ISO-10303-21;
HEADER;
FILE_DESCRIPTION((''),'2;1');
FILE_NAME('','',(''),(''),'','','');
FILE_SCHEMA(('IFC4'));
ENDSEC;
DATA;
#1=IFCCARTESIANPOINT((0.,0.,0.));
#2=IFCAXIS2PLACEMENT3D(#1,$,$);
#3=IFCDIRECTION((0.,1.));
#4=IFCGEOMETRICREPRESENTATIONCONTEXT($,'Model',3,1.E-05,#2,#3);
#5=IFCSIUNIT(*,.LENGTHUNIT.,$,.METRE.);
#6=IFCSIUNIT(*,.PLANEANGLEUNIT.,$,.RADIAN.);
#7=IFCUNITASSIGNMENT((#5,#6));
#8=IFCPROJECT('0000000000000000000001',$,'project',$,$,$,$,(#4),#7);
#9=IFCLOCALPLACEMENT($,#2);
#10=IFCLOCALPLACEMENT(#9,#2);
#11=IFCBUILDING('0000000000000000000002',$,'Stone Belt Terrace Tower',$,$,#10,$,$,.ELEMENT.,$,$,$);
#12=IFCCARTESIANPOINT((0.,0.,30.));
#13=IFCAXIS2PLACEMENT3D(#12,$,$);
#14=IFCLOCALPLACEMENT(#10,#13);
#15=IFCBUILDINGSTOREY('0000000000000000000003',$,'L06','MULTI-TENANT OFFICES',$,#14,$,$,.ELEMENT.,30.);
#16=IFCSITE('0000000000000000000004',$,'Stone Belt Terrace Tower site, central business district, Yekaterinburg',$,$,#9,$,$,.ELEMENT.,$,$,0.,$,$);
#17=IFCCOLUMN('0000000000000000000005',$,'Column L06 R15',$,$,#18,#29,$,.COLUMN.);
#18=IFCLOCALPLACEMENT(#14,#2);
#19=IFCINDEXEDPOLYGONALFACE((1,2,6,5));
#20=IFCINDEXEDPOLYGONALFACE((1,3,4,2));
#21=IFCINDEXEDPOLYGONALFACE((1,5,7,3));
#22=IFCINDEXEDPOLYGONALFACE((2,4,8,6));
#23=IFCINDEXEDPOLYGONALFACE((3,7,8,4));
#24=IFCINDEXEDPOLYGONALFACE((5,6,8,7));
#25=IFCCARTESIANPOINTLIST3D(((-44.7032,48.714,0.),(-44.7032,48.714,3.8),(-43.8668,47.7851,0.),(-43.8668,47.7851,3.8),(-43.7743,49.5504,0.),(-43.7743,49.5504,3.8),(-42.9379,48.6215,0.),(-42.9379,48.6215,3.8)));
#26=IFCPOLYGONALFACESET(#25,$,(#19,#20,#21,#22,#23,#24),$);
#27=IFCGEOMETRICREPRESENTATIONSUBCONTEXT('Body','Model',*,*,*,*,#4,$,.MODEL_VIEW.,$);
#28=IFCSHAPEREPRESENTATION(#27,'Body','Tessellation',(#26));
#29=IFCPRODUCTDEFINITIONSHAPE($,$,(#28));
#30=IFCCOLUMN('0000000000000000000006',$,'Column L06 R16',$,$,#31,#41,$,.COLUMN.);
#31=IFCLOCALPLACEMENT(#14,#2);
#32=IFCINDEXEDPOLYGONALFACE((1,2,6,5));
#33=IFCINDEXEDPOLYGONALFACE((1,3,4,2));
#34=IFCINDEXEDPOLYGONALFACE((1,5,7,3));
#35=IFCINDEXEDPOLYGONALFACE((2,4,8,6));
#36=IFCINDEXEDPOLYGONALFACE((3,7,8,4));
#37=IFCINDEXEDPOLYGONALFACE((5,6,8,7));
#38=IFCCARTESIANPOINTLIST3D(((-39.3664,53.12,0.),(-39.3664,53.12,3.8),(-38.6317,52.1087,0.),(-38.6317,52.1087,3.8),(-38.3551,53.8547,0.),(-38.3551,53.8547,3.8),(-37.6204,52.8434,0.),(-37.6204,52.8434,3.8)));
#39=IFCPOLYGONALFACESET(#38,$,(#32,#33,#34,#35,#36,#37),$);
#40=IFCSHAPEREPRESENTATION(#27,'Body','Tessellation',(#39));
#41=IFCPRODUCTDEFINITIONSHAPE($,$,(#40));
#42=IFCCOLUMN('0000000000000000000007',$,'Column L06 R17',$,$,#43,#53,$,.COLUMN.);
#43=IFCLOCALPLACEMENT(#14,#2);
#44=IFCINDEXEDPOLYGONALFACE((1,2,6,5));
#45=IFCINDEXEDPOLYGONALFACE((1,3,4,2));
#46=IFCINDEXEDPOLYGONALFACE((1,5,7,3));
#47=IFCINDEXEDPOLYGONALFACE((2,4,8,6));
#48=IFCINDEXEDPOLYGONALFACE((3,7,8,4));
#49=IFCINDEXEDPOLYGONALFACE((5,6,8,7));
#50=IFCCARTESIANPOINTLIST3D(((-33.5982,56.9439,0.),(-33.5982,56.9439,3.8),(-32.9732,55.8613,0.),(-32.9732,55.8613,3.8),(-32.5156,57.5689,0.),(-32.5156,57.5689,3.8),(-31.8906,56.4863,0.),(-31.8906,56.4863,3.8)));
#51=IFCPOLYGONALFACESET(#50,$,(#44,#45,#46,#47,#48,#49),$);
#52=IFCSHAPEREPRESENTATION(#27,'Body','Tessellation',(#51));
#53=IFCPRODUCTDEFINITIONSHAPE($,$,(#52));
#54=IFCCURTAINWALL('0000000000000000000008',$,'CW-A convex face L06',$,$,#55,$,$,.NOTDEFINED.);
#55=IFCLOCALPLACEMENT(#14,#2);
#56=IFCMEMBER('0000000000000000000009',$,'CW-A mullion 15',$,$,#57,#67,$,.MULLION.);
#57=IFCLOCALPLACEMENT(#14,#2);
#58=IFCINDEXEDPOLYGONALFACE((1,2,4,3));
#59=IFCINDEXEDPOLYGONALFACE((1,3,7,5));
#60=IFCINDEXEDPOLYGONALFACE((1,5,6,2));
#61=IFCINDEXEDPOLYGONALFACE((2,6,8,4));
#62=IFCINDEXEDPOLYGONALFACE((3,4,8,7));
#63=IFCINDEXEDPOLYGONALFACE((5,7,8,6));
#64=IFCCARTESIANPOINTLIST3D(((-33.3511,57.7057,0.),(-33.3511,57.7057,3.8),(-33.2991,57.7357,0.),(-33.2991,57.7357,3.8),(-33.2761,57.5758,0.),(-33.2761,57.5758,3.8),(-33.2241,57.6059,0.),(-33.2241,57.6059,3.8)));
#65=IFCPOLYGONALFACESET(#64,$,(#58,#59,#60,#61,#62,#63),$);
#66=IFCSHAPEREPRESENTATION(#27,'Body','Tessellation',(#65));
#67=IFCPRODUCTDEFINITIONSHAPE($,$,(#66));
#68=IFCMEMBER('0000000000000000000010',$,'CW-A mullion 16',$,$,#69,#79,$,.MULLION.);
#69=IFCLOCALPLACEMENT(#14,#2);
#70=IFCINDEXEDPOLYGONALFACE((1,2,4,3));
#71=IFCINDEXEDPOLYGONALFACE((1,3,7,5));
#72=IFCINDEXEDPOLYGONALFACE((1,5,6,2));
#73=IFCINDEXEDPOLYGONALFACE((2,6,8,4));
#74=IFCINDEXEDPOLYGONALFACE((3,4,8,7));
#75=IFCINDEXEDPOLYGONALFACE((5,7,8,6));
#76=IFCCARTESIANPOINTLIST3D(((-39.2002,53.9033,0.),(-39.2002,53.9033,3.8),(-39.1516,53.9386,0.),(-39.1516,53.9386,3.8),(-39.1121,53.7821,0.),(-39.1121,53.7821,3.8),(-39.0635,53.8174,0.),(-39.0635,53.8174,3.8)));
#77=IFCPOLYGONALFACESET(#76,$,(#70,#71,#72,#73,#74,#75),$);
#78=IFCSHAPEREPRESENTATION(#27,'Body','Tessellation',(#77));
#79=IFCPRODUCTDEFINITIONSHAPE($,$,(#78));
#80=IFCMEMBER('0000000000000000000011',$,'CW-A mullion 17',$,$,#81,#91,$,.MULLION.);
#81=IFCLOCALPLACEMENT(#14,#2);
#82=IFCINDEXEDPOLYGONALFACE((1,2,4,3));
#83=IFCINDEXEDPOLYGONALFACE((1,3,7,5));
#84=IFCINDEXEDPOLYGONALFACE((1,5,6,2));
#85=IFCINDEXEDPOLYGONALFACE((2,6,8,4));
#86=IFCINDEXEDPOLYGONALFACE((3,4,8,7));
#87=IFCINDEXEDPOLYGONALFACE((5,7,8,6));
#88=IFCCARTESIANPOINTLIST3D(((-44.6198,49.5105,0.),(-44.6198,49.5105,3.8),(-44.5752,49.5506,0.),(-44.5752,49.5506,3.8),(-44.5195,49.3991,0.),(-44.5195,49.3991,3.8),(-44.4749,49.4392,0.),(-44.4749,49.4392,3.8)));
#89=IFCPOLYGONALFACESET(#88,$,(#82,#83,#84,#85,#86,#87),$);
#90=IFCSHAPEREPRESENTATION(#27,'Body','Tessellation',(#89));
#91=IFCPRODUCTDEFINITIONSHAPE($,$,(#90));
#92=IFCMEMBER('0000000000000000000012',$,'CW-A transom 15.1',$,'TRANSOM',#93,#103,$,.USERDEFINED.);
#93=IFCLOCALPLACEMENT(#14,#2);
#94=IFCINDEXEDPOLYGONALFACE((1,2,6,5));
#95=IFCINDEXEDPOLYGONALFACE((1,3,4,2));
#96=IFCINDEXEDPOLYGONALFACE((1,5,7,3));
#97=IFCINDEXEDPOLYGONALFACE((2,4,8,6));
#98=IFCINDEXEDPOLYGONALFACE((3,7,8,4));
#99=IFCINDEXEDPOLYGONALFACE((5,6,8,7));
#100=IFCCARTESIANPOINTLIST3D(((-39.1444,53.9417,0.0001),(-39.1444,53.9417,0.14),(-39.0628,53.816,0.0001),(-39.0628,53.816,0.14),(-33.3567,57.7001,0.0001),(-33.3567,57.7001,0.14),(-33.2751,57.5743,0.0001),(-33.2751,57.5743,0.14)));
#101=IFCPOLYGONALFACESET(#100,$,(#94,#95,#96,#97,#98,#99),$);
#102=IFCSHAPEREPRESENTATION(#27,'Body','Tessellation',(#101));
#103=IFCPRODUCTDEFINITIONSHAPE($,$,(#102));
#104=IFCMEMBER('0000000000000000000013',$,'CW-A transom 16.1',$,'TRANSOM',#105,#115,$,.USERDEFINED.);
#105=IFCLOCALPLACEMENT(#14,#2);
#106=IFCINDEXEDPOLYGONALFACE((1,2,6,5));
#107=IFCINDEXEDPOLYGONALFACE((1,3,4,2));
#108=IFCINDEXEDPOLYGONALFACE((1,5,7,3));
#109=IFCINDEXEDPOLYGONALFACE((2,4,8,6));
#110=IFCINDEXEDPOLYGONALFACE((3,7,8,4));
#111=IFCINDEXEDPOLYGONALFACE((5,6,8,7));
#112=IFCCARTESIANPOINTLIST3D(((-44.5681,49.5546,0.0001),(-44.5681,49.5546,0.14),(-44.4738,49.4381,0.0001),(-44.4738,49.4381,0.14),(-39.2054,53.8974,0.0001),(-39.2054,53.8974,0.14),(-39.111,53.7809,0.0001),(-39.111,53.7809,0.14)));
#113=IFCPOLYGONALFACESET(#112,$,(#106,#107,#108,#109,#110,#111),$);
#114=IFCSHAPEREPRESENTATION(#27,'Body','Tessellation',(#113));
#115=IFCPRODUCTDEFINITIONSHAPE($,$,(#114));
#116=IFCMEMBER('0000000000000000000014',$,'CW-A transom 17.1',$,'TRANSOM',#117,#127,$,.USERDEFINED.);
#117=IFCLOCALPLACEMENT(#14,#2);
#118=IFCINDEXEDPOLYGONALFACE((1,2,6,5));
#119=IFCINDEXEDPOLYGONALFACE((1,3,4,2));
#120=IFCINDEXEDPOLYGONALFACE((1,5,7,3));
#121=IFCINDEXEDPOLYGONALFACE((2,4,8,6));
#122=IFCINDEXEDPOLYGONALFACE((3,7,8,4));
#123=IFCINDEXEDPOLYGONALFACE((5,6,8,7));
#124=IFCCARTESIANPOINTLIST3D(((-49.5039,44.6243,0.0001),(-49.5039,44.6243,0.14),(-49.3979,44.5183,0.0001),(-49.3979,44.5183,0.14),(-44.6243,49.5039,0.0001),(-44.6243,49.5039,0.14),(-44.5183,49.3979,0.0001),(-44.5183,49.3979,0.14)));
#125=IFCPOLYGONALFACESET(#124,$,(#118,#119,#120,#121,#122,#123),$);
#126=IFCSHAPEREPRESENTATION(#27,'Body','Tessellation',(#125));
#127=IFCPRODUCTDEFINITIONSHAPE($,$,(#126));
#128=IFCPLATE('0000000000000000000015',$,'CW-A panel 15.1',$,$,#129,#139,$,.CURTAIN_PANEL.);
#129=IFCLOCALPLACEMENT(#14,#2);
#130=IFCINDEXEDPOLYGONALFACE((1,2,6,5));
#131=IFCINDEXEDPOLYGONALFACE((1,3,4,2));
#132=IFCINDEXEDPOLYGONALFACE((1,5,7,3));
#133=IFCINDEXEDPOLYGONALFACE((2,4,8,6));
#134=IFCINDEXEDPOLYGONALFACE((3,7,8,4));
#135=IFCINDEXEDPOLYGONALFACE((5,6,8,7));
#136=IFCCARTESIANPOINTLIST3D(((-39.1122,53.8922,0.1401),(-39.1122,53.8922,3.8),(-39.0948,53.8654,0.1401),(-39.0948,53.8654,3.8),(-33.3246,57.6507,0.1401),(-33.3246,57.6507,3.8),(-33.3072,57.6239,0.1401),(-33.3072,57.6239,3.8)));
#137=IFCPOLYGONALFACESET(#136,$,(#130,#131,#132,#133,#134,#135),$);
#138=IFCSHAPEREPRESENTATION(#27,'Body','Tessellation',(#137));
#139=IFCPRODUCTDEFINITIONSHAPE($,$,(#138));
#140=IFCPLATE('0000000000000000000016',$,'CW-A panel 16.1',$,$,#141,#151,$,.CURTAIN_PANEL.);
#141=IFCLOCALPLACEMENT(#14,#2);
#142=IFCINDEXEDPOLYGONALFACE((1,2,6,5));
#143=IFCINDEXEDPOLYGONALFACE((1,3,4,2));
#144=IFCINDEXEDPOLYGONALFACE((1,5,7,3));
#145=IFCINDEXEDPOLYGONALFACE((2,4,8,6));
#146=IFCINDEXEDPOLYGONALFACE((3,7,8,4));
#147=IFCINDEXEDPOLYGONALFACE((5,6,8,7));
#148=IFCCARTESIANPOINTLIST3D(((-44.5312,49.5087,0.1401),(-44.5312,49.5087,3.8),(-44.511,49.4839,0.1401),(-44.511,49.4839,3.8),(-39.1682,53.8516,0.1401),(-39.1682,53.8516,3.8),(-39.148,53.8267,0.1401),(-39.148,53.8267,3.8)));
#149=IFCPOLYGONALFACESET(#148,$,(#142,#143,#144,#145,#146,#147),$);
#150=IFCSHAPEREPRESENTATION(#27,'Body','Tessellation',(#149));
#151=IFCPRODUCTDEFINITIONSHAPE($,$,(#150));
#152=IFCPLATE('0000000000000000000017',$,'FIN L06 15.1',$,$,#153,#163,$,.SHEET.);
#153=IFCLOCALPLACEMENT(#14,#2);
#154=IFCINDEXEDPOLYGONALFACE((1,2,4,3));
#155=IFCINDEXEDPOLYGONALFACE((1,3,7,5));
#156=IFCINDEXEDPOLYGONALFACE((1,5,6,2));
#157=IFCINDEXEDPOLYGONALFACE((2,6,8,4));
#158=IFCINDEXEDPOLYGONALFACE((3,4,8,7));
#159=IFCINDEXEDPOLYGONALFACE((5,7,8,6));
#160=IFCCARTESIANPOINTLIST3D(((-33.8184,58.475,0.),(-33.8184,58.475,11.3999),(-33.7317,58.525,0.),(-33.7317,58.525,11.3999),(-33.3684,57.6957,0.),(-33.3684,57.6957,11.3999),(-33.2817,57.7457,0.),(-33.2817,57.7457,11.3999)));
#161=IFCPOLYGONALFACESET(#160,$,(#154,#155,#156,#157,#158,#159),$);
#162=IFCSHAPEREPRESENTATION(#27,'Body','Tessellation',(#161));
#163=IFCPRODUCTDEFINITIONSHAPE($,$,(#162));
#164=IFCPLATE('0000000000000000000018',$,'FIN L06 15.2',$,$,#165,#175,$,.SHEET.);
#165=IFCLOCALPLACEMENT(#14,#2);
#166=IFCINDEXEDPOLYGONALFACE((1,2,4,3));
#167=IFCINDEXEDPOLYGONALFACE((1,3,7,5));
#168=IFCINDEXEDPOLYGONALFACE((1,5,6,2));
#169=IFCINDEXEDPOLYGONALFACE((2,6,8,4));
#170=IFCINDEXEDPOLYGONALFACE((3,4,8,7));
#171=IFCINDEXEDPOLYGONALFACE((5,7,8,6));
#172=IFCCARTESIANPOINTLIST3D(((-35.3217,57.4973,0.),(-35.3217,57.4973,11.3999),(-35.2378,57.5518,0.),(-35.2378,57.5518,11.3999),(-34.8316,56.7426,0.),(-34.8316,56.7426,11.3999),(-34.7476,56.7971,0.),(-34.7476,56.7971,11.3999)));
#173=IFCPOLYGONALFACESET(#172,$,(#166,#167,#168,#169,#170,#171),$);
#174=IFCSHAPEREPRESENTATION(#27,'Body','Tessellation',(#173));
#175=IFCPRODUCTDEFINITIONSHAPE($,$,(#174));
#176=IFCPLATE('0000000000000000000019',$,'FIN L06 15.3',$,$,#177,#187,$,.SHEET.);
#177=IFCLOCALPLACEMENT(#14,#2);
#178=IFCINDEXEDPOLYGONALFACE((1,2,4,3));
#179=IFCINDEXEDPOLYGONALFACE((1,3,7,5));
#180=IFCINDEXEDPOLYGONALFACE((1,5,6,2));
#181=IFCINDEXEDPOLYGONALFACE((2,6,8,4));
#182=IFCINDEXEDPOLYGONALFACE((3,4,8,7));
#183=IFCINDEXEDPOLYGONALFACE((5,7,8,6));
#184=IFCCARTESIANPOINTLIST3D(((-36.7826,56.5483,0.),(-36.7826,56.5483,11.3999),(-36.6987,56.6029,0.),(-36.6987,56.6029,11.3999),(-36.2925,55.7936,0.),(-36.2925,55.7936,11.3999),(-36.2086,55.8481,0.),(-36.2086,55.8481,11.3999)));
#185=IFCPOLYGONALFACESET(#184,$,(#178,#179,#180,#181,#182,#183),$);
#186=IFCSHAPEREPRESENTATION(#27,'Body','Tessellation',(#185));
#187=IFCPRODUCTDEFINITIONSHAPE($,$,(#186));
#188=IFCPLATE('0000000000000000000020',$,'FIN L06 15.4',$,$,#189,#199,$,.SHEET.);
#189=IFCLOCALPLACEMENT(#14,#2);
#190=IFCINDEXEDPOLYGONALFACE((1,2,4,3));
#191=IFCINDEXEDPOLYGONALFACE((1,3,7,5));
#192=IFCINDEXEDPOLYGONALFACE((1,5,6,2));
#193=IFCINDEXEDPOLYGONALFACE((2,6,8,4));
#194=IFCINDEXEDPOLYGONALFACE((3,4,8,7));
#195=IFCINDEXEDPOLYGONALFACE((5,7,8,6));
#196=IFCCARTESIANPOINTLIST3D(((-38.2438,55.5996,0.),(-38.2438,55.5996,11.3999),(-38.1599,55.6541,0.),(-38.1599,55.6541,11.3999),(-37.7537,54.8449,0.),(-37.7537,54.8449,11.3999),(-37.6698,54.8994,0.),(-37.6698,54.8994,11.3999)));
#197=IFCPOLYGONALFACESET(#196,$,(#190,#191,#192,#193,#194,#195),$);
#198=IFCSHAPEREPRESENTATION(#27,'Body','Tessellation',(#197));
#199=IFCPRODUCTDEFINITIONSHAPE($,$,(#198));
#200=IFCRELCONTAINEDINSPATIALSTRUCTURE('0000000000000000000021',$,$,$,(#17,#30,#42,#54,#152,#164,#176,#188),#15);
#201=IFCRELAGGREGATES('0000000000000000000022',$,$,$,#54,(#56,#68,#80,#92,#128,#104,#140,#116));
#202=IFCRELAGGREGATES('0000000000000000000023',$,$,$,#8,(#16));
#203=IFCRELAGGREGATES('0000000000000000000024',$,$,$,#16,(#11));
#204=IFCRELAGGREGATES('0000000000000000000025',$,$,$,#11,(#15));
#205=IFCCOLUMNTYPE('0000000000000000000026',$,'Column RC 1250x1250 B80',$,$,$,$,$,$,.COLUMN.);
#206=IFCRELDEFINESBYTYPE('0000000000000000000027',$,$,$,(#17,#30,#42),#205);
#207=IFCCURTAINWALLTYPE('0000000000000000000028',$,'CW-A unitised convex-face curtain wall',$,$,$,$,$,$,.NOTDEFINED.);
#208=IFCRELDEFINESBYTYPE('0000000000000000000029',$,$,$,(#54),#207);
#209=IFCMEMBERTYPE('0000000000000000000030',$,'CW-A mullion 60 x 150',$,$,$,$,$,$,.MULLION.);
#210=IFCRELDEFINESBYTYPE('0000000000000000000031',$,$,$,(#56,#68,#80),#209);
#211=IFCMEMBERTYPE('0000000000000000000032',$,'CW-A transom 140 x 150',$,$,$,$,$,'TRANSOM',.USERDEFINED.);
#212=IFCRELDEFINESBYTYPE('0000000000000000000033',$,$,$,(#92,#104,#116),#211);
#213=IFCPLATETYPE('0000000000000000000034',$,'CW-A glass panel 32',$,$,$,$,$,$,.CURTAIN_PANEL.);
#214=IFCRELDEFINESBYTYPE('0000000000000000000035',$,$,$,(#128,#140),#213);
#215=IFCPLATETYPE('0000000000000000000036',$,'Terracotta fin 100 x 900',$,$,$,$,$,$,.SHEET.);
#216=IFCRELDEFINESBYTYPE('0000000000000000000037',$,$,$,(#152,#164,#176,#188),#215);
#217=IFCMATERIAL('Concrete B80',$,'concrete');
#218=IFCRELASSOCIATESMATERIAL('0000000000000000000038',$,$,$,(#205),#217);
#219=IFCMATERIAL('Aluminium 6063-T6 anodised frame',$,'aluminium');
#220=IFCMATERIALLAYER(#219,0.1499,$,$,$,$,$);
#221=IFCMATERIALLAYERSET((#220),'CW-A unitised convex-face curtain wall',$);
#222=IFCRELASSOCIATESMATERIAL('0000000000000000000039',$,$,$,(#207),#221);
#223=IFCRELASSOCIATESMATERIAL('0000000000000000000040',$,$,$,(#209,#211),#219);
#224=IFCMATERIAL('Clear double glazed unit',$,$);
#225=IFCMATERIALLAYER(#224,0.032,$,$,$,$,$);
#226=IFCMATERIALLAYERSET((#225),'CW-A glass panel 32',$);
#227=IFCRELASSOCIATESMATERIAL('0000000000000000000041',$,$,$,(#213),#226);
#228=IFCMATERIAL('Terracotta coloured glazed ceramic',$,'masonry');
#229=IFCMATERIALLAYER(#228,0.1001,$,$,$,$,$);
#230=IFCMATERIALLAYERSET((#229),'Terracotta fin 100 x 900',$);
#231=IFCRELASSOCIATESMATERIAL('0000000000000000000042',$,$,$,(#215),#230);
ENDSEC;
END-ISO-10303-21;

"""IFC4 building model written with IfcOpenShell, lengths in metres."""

from ifc_helpers import new_model, si_unit, direction, frame, origin, origin_2d, place, context, subcontext, project, spatial, rectangle, extrude, material, layer, layer_set, material_profile, profile_set, type_object, element, aggregate, save


model = new_model("IFC4")

# Units and contexts
model_context = context("Model", 3, precision=1e-05, world=origin(), true_north=direction((0.0, 1.0)))
body_context = subcontext(model_context, "Body", "Model", "MODEL_VIEW")
ifc_project = project(units=[si_unit("LENGTHUNIT", "METRE"), si_unit("PLANEANGLEUNIT", "RADIAN")], contexts=[model_context])

# Site, building, storey
site_placement = place(None, origin())
site = spatial("IfcSite", under=ifc_project, at=site_placement, Name="Stone Belt Terrace Tower site, central business district, Yekaterinburg", CompositionType="ELEMENT", RefElevation=0.0)
building_placement = place(site_placement, origin())
building = spatial("IfcBuilding", under=site, at=building_placement, Name="Stone Belt Terrace Tower", CompositionType="ELEMENT")
storey_placement = place(building_placement, frame((0.0, 0.0, 30.0)))
storey = spatial("IfcBuildingStorey", under=building, at=storey_placement, Name="L06", Description="MULTI-TENANT OFFICES", CompositionType="ELEMENT", Elevation=30.0)

# Columns
ifc_material_1 = material(Name="Concrete B80", Category="concrete")
ifc_material_profile_1 = material_profile(ifc_material_1, rectangle(XDim=1.25, YDim=1.25, at=origin_2d()), Name="RC 1250x1250")
ifc_profile_set_1 = profile_set([ifc_material_profile_1], Name="Concrete B80")
column_type = type_object("IfcColumnType", Name="Column RC 1250x1250 B80", PredefinedType="COLUMN", material=ifc_profile_set_1)
for number, where, z_axis, x_axis, name in (
    (1, (-43.8206, 48.6677, 0.0), (0.0, 0.0, 1.0), (0.743145, 0.669131, 0.0), "Column L06 R15"),
    (2, (-38.4934, 52.9817, 0.0), (0.0, 0.0, 1.0), (0.809017, 0.587785, 0.0), "Column L06 R16"),
    (3, (-32.7444, 56.7151, 0.0), (0.0, 0.0, 1.0), (0.866025, 0.5, 0.0), "Column L06 R17"),
):
    element("IfcColumn", number, at=place(storey_placement, frame(where, z_axis=z_axis, x_axis=x_axis)), inside=storey, type_object=column_type, Name=name, PredefinedType="COLUMN", context=body_context, shape_type="SweptSolid", body=[
        extrude(rectangle(XDim=1.25, YDim=1.25, at=origin_2d()), origin(), (0.0, 0.0, 1.0), 3.8),
    ])

# Curtain wall, members, plates
ifc_material_2 = material(Name="Aluminium 6063-T6 anodised frame", Category="aluminium")
ifc_layer_1 = layer(ifc_material_2, 0.1499)
ifc_layer_set_1 = layer_set([ifc_layer_1], Name="CW-A unitised convex-face curtain wall")
curtain_wall_type = type_object("IfcCurtainWallType", Name="CW-A unitised convex-face curtain wall", PredefinedType="NOTDEFINED", material=ifc_layer_set_1)
curtain_wall_placement = place(storey_placement, origin())
curtain_wall = element("IfcCurtainWall", 4, at=curtain_wall_placement, inside=storey, type_object=curtain_wall_type, Name="CW-A convex face L06", PredefinedType="NOTDEFINED")
ifc_material_profile_2 = material_profile(ifc_material_2, rectangle(XDim=0.1499, YDim=0.0601, at=origin_2d()), Name="Aluminium 6063-T6 60x150")
ifc_profile_set_2 = profile_set([ifc_material_profile_2], Name="Aluminium 6063-T6 anodised frame")
member_type_1 = type_object("IfcMemberType", Name="CW-A mullion 60 x 150", PredefinedType="MULLION", material=ifc_profile_set_2)
member_1_placement = place(storey_placement, frame((-33.2876, 57.6558, 0.0), z_axis=(0.0, 0.0, 1.0), x_axis=(0.5, -0.866025, 0.0)))
member_1 = element("IfcMember", 5, at=member_1_placement, type_object=member_type_1, Name="CW-A mullion 15", PredefinedType="MULLION", context=body_context, shape_type="SweptSolid", body=[
    extrude(rectangle(XDim=0.1499, YDim=0.0601, at=origin_2d()), origin(), (0.0, 0.0, 1.0), 3.8),
])
member_2_placement = place(storey_placement, frame((-39.1318, 53.8604, 0.0), z_axis=(0.0, 0.0, 1.0), x_axis=(0.587785, -0.809017, 0.0)))
member_2 = element("IfcMember", 6, at=member_2_placement, type_object=member_type_1, Name="CW-A mullion 16", PredefinedType="MULLION", context=body_context, shape_type="SweptSolid", body=[
    extrude(rectangle(XDim=0.1499, YDim=0.0601, at=origin_2d()), origin(), (0.0, 0.0, 1.0), 3.8),
])
member_3_placement = place(storey_placement, frame((-44.5474, 49.4749, 0.0), z_axis=(0.0, 0.0, 1.0), x_axis=(0.669131, -0.743145, 0.0)))
member_3 = element("IfcMember", 7, at=member_3_placement, type_object=member_type_1, Name="CW-A mullion 17", PredefinedType="MULLION", context=body_context, shape_type="SweptSolid", body=[
    extrude(rectangle(XDim=0.1499, YDim=0.0601, at=origin_2d()), origin(), (0.0, 0.0, 1.0), 3.8),
])
ifc_material_profile_3 = material_profile(ifc_material_2, rectangle(XDim=0.1499, YDim=0.1399, at=origin_2d()), Name="Aluminium 6063-T6 150x140")
ifc_profile_set_3 = profile_set([ifc_material_profile_3], Name="Aluminium 6063-T6 anodised frame")
member_type_2 = type_object("IfcMemberType", Name="CW-A transom 140 x 150", ElementType="TRANSOM", PredefinedType="USERDEFINED", material=ifc_profile_set_3)
member_4_placement = place(storey_placement, frame((-33.3159, 57.6372, 0.0701), z_axis=(-0.838684, -0.544618, 0.0), x_axis=(0.544618, -0.838684, 0.0)))
member_4 = element("IfcMember", 8, at=member_4_placement, type_object=member_type_2, Name="CW-A transom 15.1", ObjectType="TRANSOM", PredefinedType="USERDEFINED", context=body_context, shape_type="SweptSolid", body=[
    extrude(rectangle(XDim=0.1499, YDim=0.1399, at=origin_2d()), origin(), (0.0, 0.0, 1.0), 6.9009),
])
member_5_placement = place(storey_placement, frame((-39.1582, 53.8391, 0.0701), z_axis=(-0.777141, -0.629326, 0.0), x_axis=(0.629326, -0.777141, 0.0)))
member_5 = element("IfcMember", 9, at=member_5_placement, type_object=member_type_2, Name="CW-A transom 16.1", ObjectType="TRANSOM", PredefinedType="USERDEFINED", context=body_context, shape_type="SweptSolid", body=[
    extrude(rectangle(XDim=0.1499, YDim=0.1399, at=origin_2d()), origin(), (0.0, 0.0, 1.0), 6.9006),
])
member_6_placement = place(storey_placement, frame((-44.5713, 49.4509, 0.0701), z_axis=(-0.707107, -0.707107, 0.0), x_axis=(0.707107, -0.707107, 0.0)))
member_6 = element("IfcMember", 10, at=member_6_placement, type_object=member_type_2, Name="CW-A transom 17.1", ObjectType="TRANSOM", PredefinedType="USERDEFINED", context=body_context, shape_type="SweptSolid", body=[
    extrude(rectangle(XDim=0.1499, YDim=0.1399, at=origin_2d()), origin(), (0.0, 0.0, 1.0), 6.9009),
])
ifc_material_3 = material(Name="Clear double glazed unit")
ifc_layer_2 = layer(ifc_material_3, 0.032)
ifc_layer_set_2 = layer_set([ifc_layer_2], Name="CW-A glass panel 32")
plate_type_1 = type_object("IfcPlateType", Name="CW-A glass panel 32", PredefinedType="CURTAIN_PANEL", material=ifc_layer_set_2)
plate_1_placement = place(storey_placement, frame((-36.2097, 55.7581, 0.1401), z_axis=(0.0, 0.0, 1.0), x_axis=(-0.838671, -0.544639, 0.0)))
plate_1 = element("IfcPlate", 11, at=plate_1_placement, type_object=plate_type_1, Name="CW-A panel 15.1", PredefinedType="CURTAIN_PANEL", context=body_context, shape_type="SweptSolid", body=[
    extrude(rectangle(XDim=6.9009, YDim=0.032, at=origin_2d()), origin(), (0.0, 0.0, 1.0), 3.6599),
])
plate_2_placement = place(storey_placement, frame((-41.8396, 51.6677, 0.1401), z_axis=(0.0, 0.0, 1.0), x_axis=(-0.777146, -0.62932, 0.0)))
plate_2 = element("IfcPlate", 12, at=plate_2_placement, type_object=plate_type_1, Name="CW-A panel 16.1", PredefinedType="CURTAIN_PANEL", context=body_context, shape_type="SweptSolid", body=[
    extrude(rectangle(XDim=6.9009, YDim=0.032, at=origin_2d()), origin(), (0.0, 0.0, 1.0), 3.6599),
])
aggregate(curtain_wall, [member_1, member_2, member_3, member_4, plate_1, member_5, plate_2, member_6])

# Plates
ifc_material_4 = material(Name="Terracotta coloured glazed ceramic", Category="masonry")
ifc_layer_3 = layer(ifc_material_4, 0.1001)
ifc_layer_set_3 = layer_set([ifc_layer_3], Name="Terracotta fin 100 x 900")
plate_type_2 = type_object("IfcPlateType", Name="Terracotta fin 100 x 900", PredefinedType="SHEET", material=ifc_layer_set_3)
for number, where, z_axis, x_axis, name in (
    (13, (-33.55, 58.1104, 0.0), (0.0, 0.0, 1.0), (-0.5, 0.866025, 0.0), "FIN L06 15.1"),
    (14, (-35.0347, 57.1472, 0.0), (0.0, 0.0, 1.0), (-0.544639, 0.838671, 0.0), "FIN L06 15.2"),
    (15, (-36.4956, 56.1982, 0.0), (0.0, 0.0, 1.0), (-0.544639, 0.838671, 0.0), "FIN L06 15.3"),
    (16, (-37.9568, 55.2495, 0.0), (0.0, 0.0, 1.0), (-0.544639, 0.838671, 0.0), "FIN L06 15.4"),
):
    element("IfcPlate", number, at=place(storey_placement, frame(where, z_axis=z_axis, x_axis=x_axis)), inside=storey, type_object=plate_type_2, Name=name, PredefinedType="SHEET", context=body_context, shape_type="SweptSolid", body=[
        extrude(rectangle(XDim=0.8999, YDim=0.1001, at=origin_2d()), origin(), (0.0, 0.0, 1.0), 11.3999),
    ])

save(model, "model.ifc")
